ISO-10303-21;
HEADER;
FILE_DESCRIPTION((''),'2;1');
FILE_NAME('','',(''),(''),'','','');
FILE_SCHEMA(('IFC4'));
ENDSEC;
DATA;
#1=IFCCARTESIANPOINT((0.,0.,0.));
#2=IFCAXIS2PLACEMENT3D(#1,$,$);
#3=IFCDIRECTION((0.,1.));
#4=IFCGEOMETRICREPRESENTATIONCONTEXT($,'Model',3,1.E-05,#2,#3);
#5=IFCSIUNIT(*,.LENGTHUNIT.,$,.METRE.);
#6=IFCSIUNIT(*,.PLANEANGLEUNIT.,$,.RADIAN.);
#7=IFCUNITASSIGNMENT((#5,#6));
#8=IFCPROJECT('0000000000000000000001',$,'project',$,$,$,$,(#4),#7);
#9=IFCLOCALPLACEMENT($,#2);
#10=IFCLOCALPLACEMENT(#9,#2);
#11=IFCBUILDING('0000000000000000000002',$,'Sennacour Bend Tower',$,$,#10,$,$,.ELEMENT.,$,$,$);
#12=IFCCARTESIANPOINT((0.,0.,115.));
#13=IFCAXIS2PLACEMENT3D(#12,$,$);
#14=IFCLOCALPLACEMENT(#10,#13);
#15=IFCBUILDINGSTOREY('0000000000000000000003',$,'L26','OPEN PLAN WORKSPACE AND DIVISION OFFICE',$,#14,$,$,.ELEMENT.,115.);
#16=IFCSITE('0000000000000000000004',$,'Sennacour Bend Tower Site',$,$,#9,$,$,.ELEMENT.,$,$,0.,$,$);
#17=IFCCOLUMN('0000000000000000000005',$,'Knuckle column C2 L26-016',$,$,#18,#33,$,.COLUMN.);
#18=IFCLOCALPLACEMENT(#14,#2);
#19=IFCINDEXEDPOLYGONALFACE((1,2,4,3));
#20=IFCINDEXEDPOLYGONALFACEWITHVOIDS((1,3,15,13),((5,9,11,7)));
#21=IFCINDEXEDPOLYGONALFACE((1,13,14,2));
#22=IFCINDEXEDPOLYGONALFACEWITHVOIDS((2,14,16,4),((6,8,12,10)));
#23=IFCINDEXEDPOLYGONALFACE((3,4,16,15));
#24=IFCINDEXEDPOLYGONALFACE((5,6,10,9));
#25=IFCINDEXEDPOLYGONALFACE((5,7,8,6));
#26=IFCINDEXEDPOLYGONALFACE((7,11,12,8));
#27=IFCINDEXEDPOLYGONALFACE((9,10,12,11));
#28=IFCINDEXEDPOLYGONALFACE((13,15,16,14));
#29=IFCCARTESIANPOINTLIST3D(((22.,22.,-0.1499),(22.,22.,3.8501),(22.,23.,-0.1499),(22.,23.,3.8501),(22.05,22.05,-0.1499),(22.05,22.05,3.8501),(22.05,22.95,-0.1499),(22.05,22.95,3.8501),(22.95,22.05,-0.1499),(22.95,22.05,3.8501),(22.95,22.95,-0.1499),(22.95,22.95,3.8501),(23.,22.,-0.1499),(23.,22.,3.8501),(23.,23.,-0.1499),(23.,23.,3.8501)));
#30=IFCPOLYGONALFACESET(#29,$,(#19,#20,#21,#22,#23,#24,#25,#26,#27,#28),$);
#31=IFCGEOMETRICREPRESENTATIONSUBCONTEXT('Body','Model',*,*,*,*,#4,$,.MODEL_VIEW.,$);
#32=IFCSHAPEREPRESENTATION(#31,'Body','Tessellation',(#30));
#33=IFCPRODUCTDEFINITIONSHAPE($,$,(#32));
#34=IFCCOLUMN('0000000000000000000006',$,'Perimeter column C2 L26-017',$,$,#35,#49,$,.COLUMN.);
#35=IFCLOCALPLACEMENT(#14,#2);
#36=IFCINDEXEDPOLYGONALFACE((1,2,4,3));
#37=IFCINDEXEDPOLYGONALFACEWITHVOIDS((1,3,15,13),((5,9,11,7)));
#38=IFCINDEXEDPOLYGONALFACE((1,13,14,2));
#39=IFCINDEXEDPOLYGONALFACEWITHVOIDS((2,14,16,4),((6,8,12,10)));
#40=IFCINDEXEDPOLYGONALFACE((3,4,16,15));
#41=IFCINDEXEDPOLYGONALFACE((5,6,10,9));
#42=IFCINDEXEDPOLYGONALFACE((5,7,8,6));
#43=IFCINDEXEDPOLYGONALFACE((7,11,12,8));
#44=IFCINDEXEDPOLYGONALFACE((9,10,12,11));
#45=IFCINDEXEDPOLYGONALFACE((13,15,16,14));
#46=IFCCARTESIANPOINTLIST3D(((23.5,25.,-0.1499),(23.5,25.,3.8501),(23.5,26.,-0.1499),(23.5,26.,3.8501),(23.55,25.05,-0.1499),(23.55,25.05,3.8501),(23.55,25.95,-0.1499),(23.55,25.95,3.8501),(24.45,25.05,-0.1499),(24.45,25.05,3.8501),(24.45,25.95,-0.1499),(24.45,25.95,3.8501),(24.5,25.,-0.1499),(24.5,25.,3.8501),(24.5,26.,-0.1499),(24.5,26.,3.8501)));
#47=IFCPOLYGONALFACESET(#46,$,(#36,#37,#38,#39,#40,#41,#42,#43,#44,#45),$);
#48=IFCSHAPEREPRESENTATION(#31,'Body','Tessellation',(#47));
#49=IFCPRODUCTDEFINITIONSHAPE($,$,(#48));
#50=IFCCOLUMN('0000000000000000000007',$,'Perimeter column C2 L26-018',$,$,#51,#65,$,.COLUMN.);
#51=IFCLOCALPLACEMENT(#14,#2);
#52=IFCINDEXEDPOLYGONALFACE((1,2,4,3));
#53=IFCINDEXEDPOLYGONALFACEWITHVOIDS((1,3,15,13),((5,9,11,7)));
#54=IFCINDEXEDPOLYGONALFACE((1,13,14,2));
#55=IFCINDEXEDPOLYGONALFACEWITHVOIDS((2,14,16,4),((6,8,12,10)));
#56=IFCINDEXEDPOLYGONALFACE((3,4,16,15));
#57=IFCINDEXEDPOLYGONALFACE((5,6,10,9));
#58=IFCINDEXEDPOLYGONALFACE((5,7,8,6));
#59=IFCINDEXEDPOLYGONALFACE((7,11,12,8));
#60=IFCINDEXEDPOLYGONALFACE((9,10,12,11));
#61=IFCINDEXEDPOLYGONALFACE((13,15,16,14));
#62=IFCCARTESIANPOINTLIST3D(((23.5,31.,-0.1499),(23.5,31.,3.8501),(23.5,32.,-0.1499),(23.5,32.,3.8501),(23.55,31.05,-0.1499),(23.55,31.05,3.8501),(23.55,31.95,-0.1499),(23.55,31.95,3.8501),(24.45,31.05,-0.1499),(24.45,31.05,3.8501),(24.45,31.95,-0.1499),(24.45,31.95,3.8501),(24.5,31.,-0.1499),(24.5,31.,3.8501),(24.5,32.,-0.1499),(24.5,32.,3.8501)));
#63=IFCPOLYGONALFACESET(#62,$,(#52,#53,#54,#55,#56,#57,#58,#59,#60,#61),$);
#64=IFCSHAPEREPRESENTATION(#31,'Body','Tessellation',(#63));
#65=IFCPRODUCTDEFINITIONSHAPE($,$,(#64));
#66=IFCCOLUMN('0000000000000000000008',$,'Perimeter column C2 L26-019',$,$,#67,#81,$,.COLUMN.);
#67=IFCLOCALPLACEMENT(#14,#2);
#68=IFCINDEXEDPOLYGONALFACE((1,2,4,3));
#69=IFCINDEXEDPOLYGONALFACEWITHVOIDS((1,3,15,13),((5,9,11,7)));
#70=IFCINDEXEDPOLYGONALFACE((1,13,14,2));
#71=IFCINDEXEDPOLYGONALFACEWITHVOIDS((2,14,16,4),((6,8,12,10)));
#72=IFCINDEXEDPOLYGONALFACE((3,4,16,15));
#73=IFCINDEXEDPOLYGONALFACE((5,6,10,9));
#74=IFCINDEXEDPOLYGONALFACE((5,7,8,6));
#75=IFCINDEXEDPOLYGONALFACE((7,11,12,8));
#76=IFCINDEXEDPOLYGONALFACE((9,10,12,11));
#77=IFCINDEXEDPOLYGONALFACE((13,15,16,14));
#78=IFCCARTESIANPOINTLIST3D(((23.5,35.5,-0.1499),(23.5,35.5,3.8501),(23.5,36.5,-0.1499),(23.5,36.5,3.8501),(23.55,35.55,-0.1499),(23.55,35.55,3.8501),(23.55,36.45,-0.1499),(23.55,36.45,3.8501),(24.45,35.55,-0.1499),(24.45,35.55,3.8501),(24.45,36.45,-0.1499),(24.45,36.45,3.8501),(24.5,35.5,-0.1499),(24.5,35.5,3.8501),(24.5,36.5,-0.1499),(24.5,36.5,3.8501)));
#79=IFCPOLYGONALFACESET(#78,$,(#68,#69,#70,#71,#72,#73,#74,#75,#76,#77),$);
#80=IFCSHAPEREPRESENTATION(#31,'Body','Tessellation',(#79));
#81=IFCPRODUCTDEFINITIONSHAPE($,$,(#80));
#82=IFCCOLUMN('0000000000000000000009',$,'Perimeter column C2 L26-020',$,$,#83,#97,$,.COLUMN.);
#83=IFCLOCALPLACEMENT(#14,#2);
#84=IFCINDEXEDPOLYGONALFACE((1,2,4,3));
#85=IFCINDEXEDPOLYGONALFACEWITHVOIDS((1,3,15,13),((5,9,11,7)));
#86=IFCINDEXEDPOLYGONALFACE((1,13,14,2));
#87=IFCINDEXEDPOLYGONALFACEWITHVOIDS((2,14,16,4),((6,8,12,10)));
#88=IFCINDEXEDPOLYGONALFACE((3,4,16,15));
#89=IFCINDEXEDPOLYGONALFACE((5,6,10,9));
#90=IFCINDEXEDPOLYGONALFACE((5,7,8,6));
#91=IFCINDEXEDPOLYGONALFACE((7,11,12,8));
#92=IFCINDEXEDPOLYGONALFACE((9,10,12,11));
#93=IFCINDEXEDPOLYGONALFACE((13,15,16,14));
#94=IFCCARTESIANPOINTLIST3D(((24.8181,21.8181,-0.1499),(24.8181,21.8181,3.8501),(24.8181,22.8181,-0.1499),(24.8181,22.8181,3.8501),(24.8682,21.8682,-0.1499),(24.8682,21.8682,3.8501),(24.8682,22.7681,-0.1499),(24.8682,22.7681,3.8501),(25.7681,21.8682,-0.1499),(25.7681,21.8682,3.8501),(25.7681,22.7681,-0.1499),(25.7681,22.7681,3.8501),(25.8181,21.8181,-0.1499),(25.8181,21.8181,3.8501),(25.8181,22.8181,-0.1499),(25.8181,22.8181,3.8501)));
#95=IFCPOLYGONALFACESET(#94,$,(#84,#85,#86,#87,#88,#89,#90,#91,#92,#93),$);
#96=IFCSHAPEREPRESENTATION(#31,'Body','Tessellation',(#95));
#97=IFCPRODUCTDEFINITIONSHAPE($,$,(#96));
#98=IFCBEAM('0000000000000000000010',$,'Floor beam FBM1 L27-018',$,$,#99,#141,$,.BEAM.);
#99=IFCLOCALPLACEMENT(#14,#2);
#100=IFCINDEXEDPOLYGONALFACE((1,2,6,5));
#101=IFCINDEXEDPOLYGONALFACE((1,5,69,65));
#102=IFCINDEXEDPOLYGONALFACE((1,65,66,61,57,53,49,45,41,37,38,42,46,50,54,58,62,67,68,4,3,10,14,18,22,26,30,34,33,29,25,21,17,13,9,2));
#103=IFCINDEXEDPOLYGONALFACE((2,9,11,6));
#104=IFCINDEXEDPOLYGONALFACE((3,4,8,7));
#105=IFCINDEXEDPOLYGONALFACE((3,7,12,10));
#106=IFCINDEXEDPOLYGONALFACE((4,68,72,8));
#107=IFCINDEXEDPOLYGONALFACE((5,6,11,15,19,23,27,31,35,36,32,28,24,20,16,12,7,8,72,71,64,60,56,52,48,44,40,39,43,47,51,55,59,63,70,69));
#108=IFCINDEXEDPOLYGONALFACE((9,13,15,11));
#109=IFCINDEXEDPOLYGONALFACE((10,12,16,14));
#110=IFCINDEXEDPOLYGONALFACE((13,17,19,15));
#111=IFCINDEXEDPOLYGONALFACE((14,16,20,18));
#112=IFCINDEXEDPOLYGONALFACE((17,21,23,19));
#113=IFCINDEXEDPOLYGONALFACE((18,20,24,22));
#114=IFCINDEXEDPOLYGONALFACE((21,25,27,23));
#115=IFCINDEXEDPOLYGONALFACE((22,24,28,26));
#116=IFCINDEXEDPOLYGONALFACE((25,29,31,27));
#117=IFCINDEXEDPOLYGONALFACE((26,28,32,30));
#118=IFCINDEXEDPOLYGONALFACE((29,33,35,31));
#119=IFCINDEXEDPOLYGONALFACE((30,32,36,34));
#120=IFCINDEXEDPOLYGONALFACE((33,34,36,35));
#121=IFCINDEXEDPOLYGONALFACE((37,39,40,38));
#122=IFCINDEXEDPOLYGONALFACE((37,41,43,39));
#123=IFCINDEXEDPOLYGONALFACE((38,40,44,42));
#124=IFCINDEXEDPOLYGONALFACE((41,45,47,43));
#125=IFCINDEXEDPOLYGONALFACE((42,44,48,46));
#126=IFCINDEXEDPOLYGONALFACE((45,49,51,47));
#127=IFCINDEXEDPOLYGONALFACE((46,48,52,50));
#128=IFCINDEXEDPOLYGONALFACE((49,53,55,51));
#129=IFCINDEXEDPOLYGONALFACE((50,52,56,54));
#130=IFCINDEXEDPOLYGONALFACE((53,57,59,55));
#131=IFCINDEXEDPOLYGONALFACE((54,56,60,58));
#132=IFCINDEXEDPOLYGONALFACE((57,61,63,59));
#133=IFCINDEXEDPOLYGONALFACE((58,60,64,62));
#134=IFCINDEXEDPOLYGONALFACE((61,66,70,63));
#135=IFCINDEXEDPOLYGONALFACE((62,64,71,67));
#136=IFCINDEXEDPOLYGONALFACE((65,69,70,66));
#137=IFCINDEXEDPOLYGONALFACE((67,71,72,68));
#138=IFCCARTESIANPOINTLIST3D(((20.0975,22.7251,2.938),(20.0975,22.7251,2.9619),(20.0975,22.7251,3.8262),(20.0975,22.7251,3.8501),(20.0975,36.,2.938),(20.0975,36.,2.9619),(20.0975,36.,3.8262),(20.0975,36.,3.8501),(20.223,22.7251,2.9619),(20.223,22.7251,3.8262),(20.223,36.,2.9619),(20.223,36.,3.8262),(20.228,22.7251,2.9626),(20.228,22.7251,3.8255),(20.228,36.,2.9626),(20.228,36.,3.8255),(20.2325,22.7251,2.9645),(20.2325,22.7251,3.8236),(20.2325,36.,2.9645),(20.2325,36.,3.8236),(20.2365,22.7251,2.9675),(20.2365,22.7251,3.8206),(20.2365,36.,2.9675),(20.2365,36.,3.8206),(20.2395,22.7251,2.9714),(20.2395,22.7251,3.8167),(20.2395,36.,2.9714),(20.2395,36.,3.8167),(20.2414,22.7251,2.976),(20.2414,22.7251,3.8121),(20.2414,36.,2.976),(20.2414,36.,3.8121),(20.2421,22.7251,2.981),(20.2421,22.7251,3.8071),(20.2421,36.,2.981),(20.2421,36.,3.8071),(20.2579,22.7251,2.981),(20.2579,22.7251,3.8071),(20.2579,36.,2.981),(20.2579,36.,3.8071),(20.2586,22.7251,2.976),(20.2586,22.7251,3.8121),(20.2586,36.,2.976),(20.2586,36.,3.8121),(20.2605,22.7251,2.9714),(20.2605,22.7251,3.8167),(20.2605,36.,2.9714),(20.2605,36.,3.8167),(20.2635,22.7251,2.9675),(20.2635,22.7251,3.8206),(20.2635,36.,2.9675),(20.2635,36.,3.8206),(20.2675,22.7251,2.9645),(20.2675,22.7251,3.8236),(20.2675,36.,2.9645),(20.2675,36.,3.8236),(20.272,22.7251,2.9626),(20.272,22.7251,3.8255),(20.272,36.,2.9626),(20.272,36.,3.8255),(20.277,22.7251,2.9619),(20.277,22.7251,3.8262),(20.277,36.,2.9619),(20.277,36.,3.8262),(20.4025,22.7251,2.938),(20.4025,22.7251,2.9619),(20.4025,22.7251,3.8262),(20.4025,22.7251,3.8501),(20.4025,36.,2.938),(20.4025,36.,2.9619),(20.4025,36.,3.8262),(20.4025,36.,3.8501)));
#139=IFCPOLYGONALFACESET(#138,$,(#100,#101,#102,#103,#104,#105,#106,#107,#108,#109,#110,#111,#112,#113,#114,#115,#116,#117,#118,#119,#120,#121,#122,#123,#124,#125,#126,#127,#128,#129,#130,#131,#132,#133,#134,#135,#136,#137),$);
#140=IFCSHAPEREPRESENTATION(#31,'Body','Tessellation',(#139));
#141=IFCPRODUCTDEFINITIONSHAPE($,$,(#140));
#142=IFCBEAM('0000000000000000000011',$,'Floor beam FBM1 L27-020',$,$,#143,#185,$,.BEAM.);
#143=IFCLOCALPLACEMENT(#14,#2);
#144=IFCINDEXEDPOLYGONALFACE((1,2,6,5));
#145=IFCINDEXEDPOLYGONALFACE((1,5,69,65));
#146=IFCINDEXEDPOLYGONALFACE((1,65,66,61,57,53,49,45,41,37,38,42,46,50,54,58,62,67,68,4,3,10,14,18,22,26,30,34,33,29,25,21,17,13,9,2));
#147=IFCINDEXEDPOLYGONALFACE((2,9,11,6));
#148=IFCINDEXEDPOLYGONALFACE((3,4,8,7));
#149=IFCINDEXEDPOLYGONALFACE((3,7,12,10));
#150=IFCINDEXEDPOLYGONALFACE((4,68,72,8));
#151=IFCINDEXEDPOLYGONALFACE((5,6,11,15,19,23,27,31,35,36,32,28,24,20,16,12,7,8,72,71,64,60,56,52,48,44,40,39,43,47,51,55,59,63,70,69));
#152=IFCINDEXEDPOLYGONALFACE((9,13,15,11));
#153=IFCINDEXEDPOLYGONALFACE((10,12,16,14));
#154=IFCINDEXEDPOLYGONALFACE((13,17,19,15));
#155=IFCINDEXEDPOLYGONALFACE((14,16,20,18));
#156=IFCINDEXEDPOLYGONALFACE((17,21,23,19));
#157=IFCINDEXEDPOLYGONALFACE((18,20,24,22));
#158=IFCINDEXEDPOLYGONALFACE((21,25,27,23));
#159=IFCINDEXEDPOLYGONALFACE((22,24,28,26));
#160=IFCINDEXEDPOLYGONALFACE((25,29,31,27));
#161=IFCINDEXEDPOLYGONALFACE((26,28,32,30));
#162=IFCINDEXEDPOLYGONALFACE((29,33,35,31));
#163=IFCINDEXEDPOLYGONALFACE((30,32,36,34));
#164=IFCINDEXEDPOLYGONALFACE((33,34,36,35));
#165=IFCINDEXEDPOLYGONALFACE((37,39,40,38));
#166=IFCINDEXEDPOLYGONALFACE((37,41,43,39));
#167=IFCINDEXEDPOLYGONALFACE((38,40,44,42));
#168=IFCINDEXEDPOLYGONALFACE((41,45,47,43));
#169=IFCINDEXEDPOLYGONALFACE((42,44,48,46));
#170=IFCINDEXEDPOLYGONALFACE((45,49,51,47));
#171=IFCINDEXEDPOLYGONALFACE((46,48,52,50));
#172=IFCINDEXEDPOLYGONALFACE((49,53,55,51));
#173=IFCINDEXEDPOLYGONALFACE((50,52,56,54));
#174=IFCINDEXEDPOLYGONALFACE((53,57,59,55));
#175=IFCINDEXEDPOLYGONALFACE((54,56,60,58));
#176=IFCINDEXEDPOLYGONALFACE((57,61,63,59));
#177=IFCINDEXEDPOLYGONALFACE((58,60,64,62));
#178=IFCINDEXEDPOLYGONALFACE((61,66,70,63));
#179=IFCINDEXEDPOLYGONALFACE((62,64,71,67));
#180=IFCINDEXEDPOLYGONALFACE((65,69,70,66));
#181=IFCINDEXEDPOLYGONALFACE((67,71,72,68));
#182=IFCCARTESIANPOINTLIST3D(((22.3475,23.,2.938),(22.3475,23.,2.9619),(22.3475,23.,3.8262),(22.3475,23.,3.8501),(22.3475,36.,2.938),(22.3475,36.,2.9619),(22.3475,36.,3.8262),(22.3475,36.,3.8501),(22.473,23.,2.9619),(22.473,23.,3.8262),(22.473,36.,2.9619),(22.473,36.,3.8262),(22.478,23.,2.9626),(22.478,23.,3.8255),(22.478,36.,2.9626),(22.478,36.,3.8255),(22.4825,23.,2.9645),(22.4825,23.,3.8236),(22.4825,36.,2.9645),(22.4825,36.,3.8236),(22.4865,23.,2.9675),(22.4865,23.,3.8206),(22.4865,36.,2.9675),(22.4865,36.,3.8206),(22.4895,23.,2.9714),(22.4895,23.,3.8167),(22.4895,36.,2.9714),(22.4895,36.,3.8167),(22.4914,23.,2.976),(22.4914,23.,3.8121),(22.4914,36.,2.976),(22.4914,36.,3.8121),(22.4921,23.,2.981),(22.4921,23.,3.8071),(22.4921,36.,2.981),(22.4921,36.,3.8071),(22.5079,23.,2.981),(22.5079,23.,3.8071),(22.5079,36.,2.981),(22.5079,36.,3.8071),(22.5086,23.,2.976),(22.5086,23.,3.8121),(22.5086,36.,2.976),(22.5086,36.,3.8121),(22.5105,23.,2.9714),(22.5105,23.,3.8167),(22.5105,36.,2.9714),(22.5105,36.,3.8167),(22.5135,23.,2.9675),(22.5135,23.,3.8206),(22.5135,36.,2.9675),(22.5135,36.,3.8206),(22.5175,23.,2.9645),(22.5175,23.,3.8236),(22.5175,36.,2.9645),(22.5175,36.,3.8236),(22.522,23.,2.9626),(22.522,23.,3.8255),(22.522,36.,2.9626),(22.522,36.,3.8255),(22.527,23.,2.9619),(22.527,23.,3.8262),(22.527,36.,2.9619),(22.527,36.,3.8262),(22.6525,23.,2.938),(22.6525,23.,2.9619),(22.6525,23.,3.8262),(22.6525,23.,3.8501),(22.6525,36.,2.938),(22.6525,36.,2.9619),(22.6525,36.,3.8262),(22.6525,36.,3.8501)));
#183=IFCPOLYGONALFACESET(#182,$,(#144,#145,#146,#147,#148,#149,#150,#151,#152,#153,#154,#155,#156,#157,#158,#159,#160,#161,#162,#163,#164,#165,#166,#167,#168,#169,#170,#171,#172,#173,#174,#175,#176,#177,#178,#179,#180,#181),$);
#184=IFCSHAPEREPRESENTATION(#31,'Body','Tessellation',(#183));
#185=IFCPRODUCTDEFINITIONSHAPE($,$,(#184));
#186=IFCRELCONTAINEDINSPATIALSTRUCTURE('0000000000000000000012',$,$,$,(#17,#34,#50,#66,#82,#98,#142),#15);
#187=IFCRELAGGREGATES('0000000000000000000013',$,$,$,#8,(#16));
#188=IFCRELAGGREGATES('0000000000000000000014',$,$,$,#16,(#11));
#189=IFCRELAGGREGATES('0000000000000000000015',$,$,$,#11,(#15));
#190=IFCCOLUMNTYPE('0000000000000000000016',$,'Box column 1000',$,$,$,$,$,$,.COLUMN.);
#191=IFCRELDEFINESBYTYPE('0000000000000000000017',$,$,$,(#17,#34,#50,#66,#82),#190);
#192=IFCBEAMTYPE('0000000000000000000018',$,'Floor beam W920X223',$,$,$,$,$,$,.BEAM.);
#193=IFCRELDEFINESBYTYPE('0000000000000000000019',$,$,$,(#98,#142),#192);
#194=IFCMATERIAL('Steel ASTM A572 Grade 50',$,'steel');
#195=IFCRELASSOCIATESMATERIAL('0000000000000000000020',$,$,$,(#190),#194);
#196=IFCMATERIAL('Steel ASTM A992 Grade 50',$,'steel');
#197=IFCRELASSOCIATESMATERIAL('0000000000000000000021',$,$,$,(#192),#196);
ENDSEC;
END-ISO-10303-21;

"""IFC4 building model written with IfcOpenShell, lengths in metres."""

from ifc_helpers import new_model, si_unit, direction, frame, origin, origin_2d, place, context, subcontext, project, spatial, hollow_rectangle, i_section, extrude, material, material_profile, profile_set, type_object, element, save


model = new_model("IFC4")

# Units and contexts
model_context = context("Model", 3, precision=1e-05, world=origin(), true_north=direction((0.0, 1.0)))
body_context = subcontext(model_context, "Body", "Model", "MODEL_VIEW")
ifc_project = project(units=[si_unit("LENGTHUNIT", "METRE"), si_unit("PLANEANGLEUNIT", "RADIAN")], contexts=[model_context])

# Site, building, storey
site_placement = place(None, origin())
site = spatial("IfcSite", under=ifc_project, at=site_placement, Name="Sennacour Bend Tower Site", CompositionType="ELEMENT", RefElevation=0.0)
building_placement = place(site_placement, origin())
building = spatial("IfcBuilding", under=site, at=building_placement, Name="Sennacour Bend Tower", CompositionType="ELEMENT")
storey_placement = place(building_placement, frame((0.0, 0.0, 115.0)))
storey = spatial("IfcBuildingStorey", under=building, at=storey_placement, Name="L26", Description="OPEN PLAN WORKSPACE AND DIVISION OFFICE", CompositionType="ELEMENT", Elevation=115.0)

# Columns
ifc_material_1 = material(Name="Steel ASTM A572 Grade 50", Category="steel")
ifc_material_profile_1 = material_profile(ifc_material_1, hollow_rectangle(XDim=1.0, YDim=1.0, WallThickness=0.05, at=origin_2d()), Name="Steel ASTM A572 Grade 50", Category="steel")
ifc_profile_set_1 = profile_set([ifc_material_profile_1], Name="Steel ASTM A572 Grade 50")
column_type = type_object("IfcColumnType", Name="Box column 1000", PredefinedType="COLUMN", material=ifc_profile_set_1)
for number, where, z_axis, x_axis, name in (
    (1, (22.5, 22.5, -0.1499), (0.0, 0.0, 1.0), (1.0, 0.0, 0.0), "Knuckle column C2 L26-016"),
    (2, (24.0, 25.5, -0.1499), (0.0, 0.0, 1.0), (1.0, 0.0, 0.0), "Perimeter column C2 L26-017"),
    (3, (24.0, 31.5, -0.1499), (0.0, 0.0, 1.0), (1.0, 0.0, 0.0), "Perimeter column C2 L26-018"),
    (4, (24.0, 36.0, -0.1499), (0.0, 0.0, 1.0), (1.0, 0.0, 0.0), "Perimeter column C2 L26-019"),
    (5, (25.3181, 22.3181, -0.1499), (0.0, 0.0, 1.0), (1.0, 0.0, 0.0), "Perimeter column C2 L26-020"),
):
    element("IfcColumn", number, at=place(storey_placement, frame(where, z_axis=z_axis, x_axis=x_axis)), inside=storey, type_object=column_type, Name=name, PredefinedType="COLUMN", context=body_context, shape_type="SweptSolid", body=[
        extrude(hollow_rectangle(XDim=1.0, YDim=1.0, WallThickness=0.05, at=origin_2d()), origin(), (0.0, 0.0, 1.0), 4.0),
    ])

# Beams
ifc_material_2 = material(Name="Steel ASTM A992 Grade 50", Category="steel")
ifc_material_profile_2 = material_profile(ifc_material_2, i_section(OverallWidth=0.3049, OverallDepth=0.9121, WebThickness=0.0159, FlangeThickness=0.0239, FilletRadius=0.019, at=origin_2d()), Name="Steel ASTM A992 Grade 50", Category="steel")
ifc_profile_set_2 = profile_set([ifc_material_profile_2], Name="Steel ASTM A992 Grade 50")
beam_type_1 = type_object("IfcBeamType", Name="Floor beam W920X223", PredefinedType="BEAM", material=ifc_profile_set_2)
beam_1_placement = place(storey_placement, frame((20.25, 22.7251, 3.394), z_axis=(0.0, 1.0, 0.0), x_axis=(-1.0, 0.0, 0.0)))
element("IfcBeam", 6, at=beam_1_placement, inside=storey, type_object=beam_type_1, Name="Floor beam FBM1 L27-018", PredefinedType="BEAM", context=body_context, shape_type="SweptSolid", body=[
    extrude(i_section(OverallWidth=0.3049, OverallDepth=0.9121, WebThickness=0.0159, FlangeThickness=0.0239, FilletRadius=0.019, at=origin_2d()), origin(), (0.0, 0.0, 1.0), 13.2749),
])
beam_2_placement = place(storey_placement, frame((22.5, 23.0, 3.394), z_axis=(0.0, 1.0, 0.0), x_axis=(-1.0, 0.0, 0.0)))
element("IfcBeam", 7, at=beam_2_placement, inside=storey, type_object=beam_type_1, Name="Floor beam FBM1 L27-020", PredefinedType="BEAM", context=body_context, shape_type="SweptSolid", body=[
    extrude(i_section(OverallWidth=0.3049, OverallDepth=0.9121, WebThickness=0.0159, FlangeThickness=0.0239, FilletRadius=0.019, at=origin_2d()), origin(), (0.0, 0.0, 1.0), 13.0),
])

save(model, "model.ifc")
